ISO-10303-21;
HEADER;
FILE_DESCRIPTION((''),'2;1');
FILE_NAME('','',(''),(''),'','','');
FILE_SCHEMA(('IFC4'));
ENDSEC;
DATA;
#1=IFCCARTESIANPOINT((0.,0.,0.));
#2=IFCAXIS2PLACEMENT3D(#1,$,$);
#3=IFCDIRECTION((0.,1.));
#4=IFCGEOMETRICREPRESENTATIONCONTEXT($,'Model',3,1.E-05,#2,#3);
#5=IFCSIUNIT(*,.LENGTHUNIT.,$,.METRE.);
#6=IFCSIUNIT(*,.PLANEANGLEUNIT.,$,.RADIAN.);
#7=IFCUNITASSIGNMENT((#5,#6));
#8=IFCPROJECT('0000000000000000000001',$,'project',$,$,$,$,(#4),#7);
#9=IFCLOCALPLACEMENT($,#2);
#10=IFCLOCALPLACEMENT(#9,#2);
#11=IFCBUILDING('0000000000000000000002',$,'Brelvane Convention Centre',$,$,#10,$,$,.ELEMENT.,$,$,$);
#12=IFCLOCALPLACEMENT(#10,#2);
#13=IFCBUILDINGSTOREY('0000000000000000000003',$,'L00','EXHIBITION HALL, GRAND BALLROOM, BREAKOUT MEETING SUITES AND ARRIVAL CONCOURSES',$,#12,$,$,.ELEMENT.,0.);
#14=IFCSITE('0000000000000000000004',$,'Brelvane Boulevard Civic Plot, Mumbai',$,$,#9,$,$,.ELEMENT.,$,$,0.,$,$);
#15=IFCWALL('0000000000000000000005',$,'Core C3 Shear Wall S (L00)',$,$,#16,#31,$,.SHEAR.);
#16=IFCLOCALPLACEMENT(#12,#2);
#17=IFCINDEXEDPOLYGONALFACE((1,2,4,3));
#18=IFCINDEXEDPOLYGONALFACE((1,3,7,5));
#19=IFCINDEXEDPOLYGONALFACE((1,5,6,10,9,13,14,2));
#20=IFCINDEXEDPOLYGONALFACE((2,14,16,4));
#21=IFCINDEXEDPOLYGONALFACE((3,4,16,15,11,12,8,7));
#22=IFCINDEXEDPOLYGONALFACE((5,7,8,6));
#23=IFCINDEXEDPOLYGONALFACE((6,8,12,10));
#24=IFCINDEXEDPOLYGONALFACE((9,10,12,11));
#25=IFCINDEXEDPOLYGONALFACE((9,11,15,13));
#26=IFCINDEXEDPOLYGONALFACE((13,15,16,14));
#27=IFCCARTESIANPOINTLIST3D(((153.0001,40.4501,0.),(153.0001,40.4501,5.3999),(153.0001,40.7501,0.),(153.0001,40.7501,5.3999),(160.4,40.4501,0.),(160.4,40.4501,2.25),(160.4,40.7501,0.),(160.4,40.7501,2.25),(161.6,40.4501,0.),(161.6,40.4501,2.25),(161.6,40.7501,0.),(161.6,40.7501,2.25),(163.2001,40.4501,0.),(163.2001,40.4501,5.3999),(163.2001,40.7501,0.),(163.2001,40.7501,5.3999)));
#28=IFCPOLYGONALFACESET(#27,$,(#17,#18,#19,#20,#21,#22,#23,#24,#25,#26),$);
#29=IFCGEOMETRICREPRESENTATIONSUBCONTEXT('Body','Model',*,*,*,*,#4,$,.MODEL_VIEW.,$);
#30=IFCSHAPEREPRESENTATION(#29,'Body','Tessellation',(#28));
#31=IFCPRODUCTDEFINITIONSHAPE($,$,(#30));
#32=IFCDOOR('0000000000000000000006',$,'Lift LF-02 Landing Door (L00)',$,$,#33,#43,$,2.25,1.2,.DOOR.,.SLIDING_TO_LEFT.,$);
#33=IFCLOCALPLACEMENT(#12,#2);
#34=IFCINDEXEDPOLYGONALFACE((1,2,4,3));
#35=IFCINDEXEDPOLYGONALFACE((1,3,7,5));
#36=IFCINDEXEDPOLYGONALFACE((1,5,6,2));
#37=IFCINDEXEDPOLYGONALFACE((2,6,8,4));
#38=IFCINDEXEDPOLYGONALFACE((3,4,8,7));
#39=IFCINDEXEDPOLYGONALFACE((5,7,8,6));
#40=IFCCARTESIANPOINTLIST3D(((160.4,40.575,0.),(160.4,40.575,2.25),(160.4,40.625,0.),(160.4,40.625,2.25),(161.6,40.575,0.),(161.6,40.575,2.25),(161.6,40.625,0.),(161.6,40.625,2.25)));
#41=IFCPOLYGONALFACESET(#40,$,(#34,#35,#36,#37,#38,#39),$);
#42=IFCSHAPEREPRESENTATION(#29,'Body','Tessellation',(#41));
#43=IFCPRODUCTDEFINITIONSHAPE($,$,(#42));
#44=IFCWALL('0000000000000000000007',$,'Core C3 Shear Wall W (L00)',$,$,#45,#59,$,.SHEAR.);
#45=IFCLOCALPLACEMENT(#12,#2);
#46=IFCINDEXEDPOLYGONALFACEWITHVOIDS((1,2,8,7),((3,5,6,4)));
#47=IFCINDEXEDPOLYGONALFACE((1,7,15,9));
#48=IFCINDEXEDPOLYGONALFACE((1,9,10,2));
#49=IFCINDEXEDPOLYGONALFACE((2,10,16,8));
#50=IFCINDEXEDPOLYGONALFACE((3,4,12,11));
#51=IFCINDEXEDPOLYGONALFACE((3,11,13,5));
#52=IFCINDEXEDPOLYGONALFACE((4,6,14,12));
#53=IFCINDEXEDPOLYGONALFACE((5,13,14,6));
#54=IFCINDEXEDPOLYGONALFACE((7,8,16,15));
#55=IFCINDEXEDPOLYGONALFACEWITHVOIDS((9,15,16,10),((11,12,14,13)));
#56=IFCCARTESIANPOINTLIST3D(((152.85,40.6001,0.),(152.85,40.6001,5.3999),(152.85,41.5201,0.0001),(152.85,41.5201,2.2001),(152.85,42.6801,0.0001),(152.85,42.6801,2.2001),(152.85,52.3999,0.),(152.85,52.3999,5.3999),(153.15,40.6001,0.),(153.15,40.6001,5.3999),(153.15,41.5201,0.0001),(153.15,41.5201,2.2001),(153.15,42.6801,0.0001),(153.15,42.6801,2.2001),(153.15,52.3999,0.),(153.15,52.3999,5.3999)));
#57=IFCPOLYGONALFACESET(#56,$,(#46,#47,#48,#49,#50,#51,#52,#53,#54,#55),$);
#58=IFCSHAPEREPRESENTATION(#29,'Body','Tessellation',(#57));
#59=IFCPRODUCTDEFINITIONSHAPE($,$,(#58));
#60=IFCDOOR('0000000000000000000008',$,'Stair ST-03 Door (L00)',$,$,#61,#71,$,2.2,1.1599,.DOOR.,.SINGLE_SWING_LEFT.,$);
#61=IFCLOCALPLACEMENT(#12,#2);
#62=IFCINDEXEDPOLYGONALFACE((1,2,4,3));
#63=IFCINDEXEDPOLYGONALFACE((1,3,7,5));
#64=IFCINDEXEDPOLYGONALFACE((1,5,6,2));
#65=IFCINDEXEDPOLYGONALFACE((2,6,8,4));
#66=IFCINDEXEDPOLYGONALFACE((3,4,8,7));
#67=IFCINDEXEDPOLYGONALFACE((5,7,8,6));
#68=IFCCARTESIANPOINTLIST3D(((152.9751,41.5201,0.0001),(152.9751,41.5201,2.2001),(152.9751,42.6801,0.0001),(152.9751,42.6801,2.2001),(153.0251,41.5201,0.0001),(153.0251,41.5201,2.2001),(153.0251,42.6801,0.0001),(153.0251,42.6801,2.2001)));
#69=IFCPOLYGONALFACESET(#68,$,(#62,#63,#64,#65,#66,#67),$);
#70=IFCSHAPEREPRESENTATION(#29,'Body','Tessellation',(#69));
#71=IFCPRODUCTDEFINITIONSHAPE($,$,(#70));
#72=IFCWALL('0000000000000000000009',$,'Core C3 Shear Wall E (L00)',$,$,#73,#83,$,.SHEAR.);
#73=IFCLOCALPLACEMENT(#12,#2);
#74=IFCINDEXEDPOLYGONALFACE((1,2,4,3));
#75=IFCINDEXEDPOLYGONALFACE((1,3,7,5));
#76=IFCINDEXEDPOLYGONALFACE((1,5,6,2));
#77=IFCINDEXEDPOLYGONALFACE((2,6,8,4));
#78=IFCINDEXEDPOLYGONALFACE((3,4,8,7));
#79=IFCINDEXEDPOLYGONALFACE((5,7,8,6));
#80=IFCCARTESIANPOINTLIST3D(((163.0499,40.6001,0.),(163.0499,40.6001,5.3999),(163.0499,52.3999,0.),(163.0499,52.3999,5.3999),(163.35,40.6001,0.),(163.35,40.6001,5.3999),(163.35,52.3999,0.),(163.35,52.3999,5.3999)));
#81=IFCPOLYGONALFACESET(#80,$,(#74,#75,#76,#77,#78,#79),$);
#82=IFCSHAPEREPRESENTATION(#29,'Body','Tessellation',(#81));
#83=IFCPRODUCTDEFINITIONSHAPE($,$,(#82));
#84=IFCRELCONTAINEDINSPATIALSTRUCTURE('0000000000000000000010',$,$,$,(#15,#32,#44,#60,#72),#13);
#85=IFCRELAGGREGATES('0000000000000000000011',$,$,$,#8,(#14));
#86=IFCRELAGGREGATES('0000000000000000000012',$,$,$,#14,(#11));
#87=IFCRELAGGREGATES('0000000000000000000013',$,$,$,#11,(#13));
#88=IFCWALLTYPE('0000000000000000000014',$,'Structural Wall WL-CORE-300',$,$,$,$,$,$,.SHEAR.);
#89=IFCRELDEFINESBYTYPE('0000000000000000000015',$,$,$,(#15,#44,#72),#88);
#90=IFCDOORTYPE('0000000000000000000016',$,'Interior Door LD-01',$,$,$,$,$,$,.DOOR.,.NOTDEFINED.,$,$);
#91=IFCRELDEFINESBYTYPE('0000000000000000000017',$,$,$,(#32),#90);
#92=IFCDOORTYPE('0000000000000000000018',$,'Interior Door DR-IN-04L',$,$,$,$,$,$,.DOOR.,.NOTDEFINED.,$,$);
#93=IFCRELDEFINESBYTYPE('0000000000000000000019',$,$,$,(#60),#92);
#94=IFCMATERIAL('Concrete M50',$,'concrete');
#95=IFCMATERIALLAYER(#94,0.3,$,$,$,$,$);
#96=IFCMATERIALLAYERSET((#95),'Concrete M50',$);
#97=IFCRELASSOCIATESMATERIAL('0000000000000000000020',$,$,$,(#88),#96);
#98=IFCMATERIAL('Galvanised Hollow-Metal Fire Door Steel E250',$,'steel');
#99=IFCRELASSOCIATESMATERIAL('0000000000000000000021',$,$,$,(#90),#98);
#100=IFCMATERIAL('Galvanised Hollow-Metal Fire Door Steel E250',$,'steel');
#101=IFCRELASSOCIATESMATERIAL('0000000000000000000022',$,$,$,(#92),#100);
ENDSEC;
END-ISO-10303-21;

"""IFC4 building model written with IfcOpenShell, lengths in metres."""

from ifc_helpers import new_model, si_unit, direction, frame, frame_2d, origin, place, context, subcontext, project, spatial, rectangle, extrude, material, layer, layer_set, type_object, element, fill, save


model = new_model("IFC4")

# Units and contexts
model_context = context("Model", 3, precision=1e-05, world=origin(), true_north=direction((0.0, 1.0)))
body_context = subcontext(model_context, "Body", "Model", "MODEL_VIEW")
ifc_project = project(units=[si_unit("LENGTHUNIT", "METRE"), si_unit("PLANEANGLEUNIT", "RADIAN")], contexts=[model_context])

# Site, building, storey
site_placement = place(None, origin())
site = spatial("IfcSite", under=ifc_project, at=site_placement, Name="Brelvane Boulevard Civic Plot, Mumbai", CompositionType="ELEMENT", RefElevation=0.0)
building_placement = place(site_placement, origin())
building = spatial("IfcBuilding", under=site, at=building_placement, Name="Brelvane Convention Centre", CompositionType="ELEMENT")
storey_placement = place(building_placement, origin())
storey = spatial("IfcBuildingStorey", under=building, at=storey_placement, Name="L00", Description="EXHIBITION HALL, GRAND BALLROOM, BREAKOUT MEETING SUITES AND ARRIVAL CONCOURSES", CompositionType="ELEMENT", Elevation=0.0)

# Walls, openings, doors
ifc_material_1 = material(Name="Concrete M50", Category="concrete")
ifc_layer_1 = layer(ifc_material_1, 0.3)
ifc_layer_set_1 = layer_set([ifc_layer_1], Name="Concrete M50")
wall_type = type_object("IfcWallType", Name="Structural Wall WL-CORE-300", PredefinedType="SHEAR", material=ifc_layer_set_1)
wall_1_placement = place(storey_placement, frame((153.0, 40.6001, 0.0), z_axis=(0.0, 0.0, 1.0), x_axis=(1.0, 0.0, 0.0)))
wall_1 = element("IfcWall", 1, at=wall_1_placement, inside=storey, type_object=wall_type, Name="Core C3 Shear Wall S (L00)", PredefinedType="SHEAR", context=body_context, shape_type="SweptSolid", body=[
    extrude(rectangle(XDim=10.2, YDim=0.3, at=frame_2d((5.1001, 0.0))), origin(), (0.0, 0.0, 1.0), 5.3999),
])
opening_1_placement = place(wall_1_placement, frame((7.3999, 0.0, 0.0)))
opening_1 = element("IfcOpeningElement", 2, at=opening_1_placement, cuts=wall_1, PredefinedType="OPENING", context=body_context, shape_type="SweptSolid", body=[
    extrude(rectangle(XDim=1.2, YDim=2.25, at=frame_2d((0.6001, 1.125))), frame((0.0, 0.1599, 0.0), z_axis=(0.0, -1.0, 0.0), x_axis=(1.0, 0.0, 0.0)), (0.0, 0.0, 1.0), 0.3201),
])
ifc_material_2 = material(Name="Galvanised Hollow-Metal Fire Door Steel E250", Category="steel")
door_type_1 = type_object("IfcDoorType", Name="Interior Door LD-01", OperationType="NOTDEFINED", PredefinedType="DOOR", material=ifc_material_2)
door_1_placement = place(opening_1_placement, origin())
door_1 = element("IfcDoor", 3, at=door_1_placement, inside=storey, type_object=door_type_1, Name="Lift LF-02 Landing Door (L00)", OperationType="SLIDING_TO_LEFT", OverallHeight=2.25, OverallWidth=1.2, PredefinedType="DOOR", context=body_context, shape_type="SweptSolid", body=[
    extrude(rectangle(XDim=1.2, YDim=2.25, at=frame_2d((0.6001, 1.125))), frame((0.0, 0.0249, 0.0), z_axis=(0.0, -1.0, 0.0), x_axis=(1.0, 0.0, 0.0)), (0.0, 0.0, 1.0), 0.05),
])
fill(opening_1, door_1)
wall_2_placement = place(storey_placement, frame((153.0, 40.6001, 0.0), z_axis=(0.0, 0.0, 1.0), x_axis=(0.0, 1.0, 0.0)))
wall_2 = element("IfcWall", 4, at=wall_2_placement, inside=storey, type_object=wall_type, Name="Core C3 Shear Wall W (L00)", PredefinedType="SHEAR", context=body_context, shape_type="SweptSolid", body=[
    extrude(rectangle(XDim=11.7998, YDim=0.3, at=frame_2d((5.8999, 0.0))), origin(), (0.0, 0.0, 1.0), 5.3999),
])
opening_2_placement = place(wall_2_placement, frame((0.9199, 0.0, 0.0)))
opening_2 = element("IfcOpeningElement", 5, at=opening_2_placement, cuts=wall_2, PredefinedType="OPENING", context=body_context, shape_type="SweptSolid", body=[
    extrude(rectangle(XDim=1.1599, YDim=2.2, at=frame_2d((0.5801, 1.1001))), frame((0.0, 0.1599, 0.0), z_axis=(0.0, -1.0, 0.0), x_axis=(1.0, 0.0, 0.0)), (0.0, 0.0, 1.0), 0.3201),
])
ifc_material_3 = material(Name="Galvanised Hollow-Metal Fire Door Steel E250", Category="steel")
door_type_2 = type_object("IfcDoorType", Name="Interior Door DR-IN-04L", OperationType="NOTDEFINED", PredefinedType="DOOR", material=ifc_material_3)
door_2_placement = place(opening_2_placement, origin())
door_2 = element("IfcDoor", 6, at=door_2_placement, inside=storey, type_object=door_type_2, Name="Stair ST-03 Door (L00)", OperationType="SINGLE_SWING_LEFT", OverallHeight=2.2, OverallWidth=1.1599, PredefinedType="DOOR", context=body_context, shape_type="SweptSolid", body=[
    extrude(rectangle(XDim=1.1599, YDim=2.2, at=frame_2d((0.5801, 1.1001))), frame((0.0, 0.0249, 0.0), z_axis=(0.0, -1.0, 0.0), x_axis=(1.0, 0.0, 0.0)), (0.0, 0.0, 1.0), 0.05),
])
fill(opening_2, door_2)

# Wall
wall_3_placement = place(storey_placement, frame((163.2, 40.6001, 0.0), z_axis=(0.0, 0.0, 1.0), x_axis=(0.0, 1.0, 0.0)))
element("IfcWall", 7, at=wall_3_placement, inside=storey, type_object=wall_type, Name="Core C3 Shear Wall E (L00)", PredefinedType="SHEAR", context=body_context, shape_type="SweptSolid", body=[
    extrude(rectangle(XDim=11.7998, YDim=0.3, at=frame_2d((5.8999, 0.0))), origin(), (0.0, 0.0, 1.0), 5.3999),
])

save(model, "model.ifc")
